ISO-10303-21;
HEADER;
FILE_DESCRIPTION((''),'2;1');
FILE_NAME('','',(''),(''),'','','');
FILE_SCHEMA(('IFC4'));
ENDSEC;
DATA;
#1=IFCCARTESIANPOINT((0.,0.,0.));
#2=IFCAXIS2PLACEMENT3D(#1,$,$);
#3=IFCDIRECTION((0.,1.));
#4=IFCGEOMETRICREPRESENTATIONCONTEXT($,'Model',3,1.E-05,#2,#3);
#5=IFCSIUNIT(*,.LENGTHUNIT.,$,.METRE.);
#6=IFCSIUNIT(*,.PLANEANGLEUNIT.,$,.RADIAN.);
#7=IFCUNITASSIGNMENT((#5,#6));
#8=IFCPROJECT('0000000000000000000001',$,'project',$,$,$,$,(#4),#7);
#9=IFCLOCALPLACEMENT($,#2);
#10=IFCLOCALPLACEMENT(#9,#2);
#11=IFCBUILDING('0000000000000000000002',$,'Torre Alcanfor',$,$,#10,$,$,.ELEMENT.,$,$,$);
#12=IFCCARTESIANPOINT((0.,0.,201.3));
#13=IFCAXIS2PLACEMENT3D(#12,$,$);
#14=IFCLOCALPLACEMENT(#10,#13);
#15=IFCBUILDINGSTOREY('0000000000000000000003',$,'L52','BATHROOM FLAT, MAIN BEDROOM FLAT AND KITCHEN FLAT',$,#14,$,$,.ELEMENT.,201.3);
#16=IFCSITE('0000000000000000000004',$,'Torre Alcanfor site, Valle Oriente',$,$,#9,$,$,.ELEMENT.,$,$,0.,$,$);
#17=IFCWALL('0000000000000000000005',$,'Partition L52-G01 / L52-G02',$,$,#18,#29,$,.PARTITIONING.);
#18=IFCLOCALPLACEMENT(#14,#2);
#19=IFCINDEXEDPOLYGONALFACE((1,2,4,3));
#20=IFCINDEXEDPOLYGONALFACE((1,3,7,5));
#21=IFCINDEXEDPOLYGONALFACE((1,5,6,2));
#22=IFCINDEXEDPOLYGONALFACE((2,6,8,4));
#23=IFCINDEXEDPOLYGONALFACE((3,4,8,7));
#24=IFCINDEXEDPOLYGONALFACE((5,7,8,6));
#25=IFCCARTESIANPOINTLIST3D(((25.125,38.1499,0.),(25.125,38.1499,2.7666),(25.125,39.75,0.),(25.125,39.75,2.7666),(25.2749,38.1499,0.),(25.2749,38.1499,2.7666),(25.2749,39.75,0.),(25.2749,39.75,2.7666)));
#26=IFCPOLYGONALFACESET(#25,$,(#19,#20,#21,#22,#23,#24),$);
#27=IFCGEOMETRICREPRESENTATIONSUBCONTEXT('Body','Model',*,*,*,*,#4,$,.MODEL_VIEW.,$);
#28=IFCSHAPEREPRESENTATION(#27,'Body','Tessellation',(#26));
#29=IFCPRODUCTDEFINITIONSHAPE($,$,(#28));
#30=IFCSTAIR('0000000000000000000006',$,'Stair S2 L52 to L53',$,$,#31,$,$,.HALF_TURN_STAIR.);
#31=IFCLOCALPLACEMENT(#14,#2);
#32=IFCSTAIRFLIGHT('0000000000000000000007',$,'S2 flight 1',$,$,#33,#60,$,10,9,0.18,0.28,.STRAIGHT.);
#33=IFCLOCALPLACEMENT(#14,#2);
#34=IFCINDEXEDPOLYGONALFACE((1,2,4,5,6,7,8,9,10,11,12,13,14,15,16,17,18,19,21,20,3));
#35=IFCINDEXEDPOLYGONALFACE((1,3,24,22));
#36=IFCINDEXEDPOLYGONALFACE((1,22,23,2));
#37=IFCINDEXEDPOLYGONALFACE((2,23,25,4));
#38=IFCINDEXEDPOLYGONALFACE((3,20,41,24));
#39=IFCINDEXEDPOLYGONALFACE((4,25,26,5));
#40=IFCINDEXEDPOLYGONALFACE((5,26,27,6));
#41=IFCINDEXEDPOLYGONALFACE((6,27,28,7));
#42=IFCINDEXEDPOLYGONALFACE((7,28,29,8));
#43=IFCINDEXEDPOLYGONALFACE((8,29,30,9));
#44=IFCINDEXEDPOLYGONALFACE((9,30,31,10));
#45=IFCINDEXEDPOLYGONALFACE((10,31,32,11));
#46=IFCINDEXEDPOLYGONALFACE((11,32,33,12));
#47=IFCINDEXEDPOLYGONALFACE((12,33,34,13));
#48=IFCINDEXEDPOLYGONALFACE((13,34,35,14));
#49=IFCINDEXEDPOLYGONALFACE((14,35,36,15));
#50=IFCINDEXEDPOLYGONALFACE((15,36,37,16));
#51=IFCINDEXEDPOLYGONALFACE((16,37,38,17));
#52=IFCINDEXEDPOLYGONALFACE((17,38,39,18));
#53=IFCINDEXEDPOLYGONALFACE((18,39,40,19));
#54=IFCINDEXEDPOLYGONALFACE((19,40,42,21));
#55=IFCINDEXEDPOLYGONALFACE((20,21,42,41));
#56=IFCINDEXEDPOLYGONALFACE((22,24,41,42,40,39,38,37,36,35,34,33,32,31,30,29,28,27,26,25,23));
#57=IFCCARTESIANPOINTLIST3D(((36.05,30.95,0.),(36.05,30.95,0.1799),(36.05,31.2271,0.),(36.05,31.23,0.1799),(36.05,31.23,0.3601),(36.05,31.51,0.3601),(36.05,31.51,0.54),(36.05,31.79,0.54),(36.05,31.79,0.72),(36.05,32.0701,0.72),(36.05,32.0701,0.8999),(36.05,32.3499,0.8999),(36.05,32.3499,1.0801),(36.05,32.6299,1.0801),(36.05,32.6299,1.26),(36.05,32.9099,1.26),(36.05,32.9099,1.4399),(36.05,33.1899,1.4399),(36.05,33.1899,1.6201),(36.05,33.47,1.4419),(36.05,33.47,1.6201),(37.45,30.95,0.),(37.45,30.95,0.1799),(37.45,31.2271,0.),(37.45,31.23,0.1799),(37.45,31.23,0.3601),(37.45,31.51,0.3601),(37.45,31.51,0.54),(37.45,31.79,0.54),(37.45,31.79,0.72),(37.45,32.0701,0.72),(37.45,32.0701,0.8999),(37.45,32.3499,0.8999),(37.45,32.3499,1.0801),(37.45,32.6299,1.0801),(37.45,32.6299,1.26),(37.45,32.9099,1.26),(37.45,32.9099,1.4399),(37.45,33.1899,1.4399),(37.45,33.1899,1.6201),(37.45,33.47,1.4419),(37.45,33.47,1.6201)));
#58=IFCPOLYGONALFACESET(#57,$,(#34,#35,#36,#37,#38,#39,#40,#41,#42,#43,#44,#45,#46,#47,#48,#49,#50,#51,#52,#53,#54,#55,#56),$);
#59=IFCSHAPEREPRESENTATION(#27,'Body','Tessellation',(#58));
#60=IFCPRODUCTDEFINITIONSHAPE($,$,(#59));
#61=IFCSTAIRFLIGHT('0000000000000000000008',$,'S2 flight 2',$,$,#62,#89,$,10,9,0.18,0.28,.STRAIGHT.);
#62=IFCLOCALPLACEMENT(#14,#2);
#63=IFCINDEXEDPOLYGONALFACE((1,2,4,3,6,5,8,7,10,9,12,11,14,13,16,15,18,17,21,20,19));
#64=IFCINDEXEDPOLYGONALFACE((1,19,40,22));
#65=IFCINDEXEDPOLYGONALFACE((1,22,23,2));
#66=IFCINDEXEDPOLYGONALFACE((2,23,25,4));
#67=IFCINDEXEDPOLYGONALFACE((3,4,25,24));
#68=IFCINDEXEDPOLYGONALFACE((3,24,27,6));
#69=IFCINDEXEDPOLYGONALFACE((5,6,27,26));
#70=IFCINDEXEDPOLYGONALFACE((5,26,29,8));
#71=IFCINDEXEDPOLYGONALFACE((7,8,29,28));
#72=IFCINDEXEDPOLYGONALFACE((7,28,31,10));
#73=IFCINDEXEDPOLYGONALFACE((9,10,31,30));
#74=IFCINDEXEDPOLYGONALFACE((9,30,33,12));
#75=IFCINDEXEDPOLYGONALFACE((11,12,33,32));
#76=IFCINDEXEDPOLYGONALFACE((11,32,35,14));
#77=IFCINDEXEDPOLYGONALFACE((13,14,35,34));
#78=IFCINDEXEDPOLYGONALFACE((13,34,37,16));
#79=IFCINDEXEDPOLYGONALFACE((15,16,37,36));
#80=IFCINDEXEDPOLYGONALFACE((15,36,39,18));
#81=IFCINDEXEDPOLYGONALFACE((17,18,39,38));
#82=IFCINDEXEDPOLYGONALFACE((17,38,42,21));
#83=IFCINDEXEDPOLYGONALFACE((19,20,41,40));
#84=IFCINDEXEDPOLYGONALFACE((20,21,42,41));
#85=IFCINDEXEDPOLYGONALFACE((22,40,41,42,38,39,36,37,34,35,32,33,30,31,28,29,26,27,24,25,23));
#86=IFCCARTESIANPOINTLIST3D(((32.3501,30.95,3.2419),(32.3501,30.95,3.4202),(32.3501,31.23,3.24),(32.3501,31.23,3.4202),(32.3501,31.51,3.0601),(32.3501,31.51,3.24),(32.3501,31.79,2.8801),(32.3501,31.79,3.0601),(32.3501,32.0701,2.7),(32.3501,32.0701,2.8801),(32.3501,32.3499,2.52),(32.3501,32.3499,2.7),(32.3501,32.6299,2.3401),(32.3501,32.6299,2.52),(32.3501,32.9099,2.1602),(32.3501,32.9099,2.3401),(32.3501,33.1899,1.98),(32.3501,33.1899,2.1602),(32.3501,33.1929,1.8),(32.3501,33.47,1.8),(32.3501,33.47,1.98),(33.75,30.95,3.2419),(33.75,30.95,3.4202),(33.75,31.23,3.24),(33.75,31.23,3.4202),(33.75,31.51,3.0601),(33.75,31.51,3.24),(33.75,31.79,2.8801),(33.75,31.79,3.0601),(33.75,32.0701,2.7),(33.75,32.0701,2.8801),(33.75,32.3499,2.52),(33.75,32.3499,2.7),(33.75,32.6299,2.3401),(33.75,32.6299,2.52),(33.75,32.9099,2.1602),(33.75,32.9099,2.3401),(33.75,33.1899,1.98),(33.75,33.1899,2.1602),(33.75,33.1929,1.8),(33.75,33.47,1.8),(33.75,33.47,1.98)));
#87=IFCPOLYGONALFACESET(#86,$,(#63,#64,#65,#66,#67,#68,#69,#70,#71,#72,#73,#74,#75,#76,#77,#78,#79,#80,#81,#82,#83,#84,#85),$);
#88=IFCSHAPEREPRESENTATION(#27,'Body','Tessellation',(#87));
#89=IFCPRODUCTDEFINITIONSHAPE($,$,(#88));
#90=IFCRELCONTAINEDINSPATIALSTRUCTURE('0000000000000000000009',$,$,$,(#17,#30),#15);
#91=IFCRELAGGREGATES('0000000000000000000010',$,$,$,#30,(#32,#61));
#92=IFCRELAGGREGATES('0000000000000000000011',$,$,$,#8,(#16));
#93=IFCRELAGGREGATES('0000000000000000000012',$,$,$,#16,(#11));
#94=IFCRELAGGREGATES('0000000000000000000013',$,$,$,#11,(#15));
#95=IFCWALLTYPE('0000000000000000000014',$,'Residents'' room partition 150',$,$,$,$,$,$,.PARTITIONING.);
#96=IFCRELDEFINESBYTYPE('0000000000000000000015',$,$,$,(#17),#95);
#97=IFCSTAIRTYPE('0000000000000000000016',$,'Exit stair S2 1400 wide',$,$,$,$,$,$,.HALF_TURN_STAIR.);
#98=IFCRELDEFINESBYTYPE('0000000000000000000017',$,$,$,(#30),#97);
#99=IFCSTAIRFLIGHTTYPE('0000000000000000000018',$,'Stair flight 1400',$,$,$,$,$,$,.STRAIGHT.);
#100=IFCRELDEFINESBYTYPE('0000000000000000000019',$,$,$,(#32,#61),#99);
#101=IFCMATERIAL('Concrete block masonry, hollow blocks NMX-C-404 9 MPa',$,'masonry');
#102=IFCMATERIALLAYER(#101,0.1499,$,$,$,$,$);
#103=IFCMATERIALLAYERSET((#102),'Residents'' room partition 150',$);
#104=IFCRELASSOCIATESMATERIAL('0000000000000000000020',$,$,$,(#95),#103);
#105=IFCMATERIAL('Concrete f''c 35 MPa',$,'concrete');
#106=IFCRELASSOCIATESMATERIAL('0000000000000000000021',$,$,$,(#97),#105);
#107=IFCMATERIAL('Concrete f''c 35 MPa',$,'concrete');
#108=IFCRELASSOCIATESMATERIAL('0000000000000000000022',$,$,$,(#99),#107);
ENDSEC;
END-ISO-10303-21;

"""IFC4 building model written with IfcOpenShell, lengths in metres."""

from ifc_helpers import new_model, si_unit, direction, frame, frame_2d, origin, place, context, subcontext, project, spatial, polyline, rectangle, outline, extrude, material, layer, layer_set, type_object, element, aggregate, save


model = new_model("IFC4")

# Units and contexts
model_context = context("Model", 3, precision=1e-05, world=origin(), true_north=direction((0.0, 1.0)))
body_context = subcontext(model_context, "Body", "Model", "MODEL_VIEW")
ifc_project = project(units=[si_unit("LENGTHUNIT", "METRE"), si_unit("PLANEANGLEUNIT", "RADIAN")], contexts=[model_context])

# Site, building, storey
site_placement = place(None, origin())
site = spatial("IfcSite", under=ifc_project, at=site_placement, Name="Torre Alcanfor site, Valle Oriente", CompositionType="ELEMENT", RefElevation=0.0)
building_placement = place(site_placement, origin())
building = spatial("IfcBuilding", under=site, at=building_placement, Name="Torre Alcanfor", CompositionType="ELEMENT")
storey_placement = place(building_placement, frame((0.0, 0.0, 201.3)))
storey = spatial("IfcBuildingStorey", under=building, at=storey_placement, Name="L52", Description="BATHROOM FLAT, MAIN BEDROOM FLAT AND KITCHEN FLAT", CompositionType="ELEMENT", Elevation=201.3)

# Shared definitions
ifc_material_1 = material(Name="Concrete block masonry, hollow blocks NMX-C-404 9 MPa", Category="masonry")
ifc_layer_1 = layer(ifc_material_1, 0.1499)
ifc_layer_set_1 = layer_set([ifc_layer_1], Name="Residents' room partition 150")
wall_type_1 = type_object("IfcWallType", Name="Residents' room partition 150", PredefinedType="PARTITIONING", material=ifc_layer_set_1)

# Wall
wall_1_placement = place(storey_placement, frame((25.2, 38.1499, 0.0), z_axis=(0.0, 0.0, 1.0), x_axis=(0.0, 1.0, 0.0)))
element("IfcWall", 1, at=wall_1_placement, inside=storey, type_object=wall_type_1, Name="Partition L52-G01 / L52-G02", PredefinedType="PARTITIONING", context=body_context, shape_type="SweptSolid", body=[
    extrude(rectangle(XDim=1.6001, YDim=0.1499, at=frame_2d((0.8, 0.0))), origin(), (0.0, 0.0, 1.0), 2.7666),
])

# Stair, stair flights
ifc_material_2 = material(Name="Concrete f'c 35 MPa", Category="concrete")
stair_type = type_object("IfcStairType", Name="Exit stair S2 1400 wide", PredefinedType="HALF_TURN_STAIR", material=ifc_material_2)
stair_placement = place(storey_placement, origin())
stair = element("IfcStair", 2, at=stair_placement, inside=storey, type_object=stair_type, Name="Stair S2 L52 to L53", PredefinedType="HALF_TURN_STAIR")
ifc_material_3 = material(Name="Concrete f'c 35 MPa", Category="concrete")
stair_flight_type = type_object("IfcStairFlightType", Name="Stair flight 1400", PredefinedType="STRAIGHT", material=ifc_material_3)
stair_flight_1_placement = place(storey_placement, frame((36.75, 30.95, 0.0), z_axis=(0.0, 0.0, 1.0), x_axis=(0.0, 1.0, 0.0)))
stair_flight_1 = element("IfcStairFlight", 3, at=stair_flight_1_placement, type_object=stair_flight_type, Name="S2 flight 1", NumberOfRisers=10, NumberOfTreads=9, PredefinedType="STRAIGHT", RiserHeight=0.18, TreadLength=0.28, context=body_context, shape_type="SweptSolid", body=[
    extrude(outline(polyline([(0.0, 0.0), (0.0, 0.1799), (0.28, 0.1799), (0.28, 0.3601), (0.5601, 0.3601), (0.5601, 0.54), (0.8401, 0.54), (0.8401, 0.72), (1.1201, 0.72), (1.1201, 0.8999), (1.3999, 0.8999), (1.3999, 1.0801), (1.6799, 1.0801), (1.6799, 1.26), (1.96, 1.26), (1.96, 1.4399), (2.24, 1.4399), (2.24, 1.6201), (2.52, 1.6201), (2.52, 1.8), (2.52, 1.4419), (0.2771, 0.0), (0.0, 0.0)])), frame((0.0, 0.7, 0.0), z_axis=(0.0, -1.0, 0.0), x_axis=(1.0, 0.0, 0.0)), (0.0, 0.0, 1.0), 1.3999),
])
stair_flight_2_placement = place(storey_placement, frame((33.05, 33.47, 1.8), z_axis=(0.0, 0.0, 1.0), x_axis=(0.0, -1.0, 0.0)))
stair_flight_2 = element("IfcStairFlight", 4, at=stair_flight_2_placement, type_object=stair_flight_type, Name="S2 flight 2", NumberOfRisers=10, NumberOfTreads=9, PredefinedType="STRAIGHT", RiserHeight=0.18, TreadLength=0.28, context=body_context, shape_type="SweptSolid", body=[
    extrude(outline(polyline([(0.0, 0.0), (0.0, 0.1799), (0.28, 0.1799), (0.28, 0.3601), (0.5601, 0.3601), (0.5601, 0.54), (0.8401, 0.54), (0.8401, 0.72), (1.1201, 0.72), (1.1201, 0.8999), (1.3999, 0.8999), (1.3999, 1.0801), (1.6799, 1.0801), (1.6799, 1.26), (1.96, 1.26), (1.96, 1.4399), (2.24, 1.4399), (2.24, 1.6201), (2.52, 1.6201), (2.52, 1.8), (2.52, 1.4419), (0.2771, 0.0), (0.0, 0.0)])), frame((0.0, 0.7, 0.0), z_axis=(0.0, -1.0, 0.0), x_axis=(1.0, 0.0, 0.0)), (0.0, 0.0, 1.0), 1.3999),
])
aggregate(stair, [stair_flight_1, stair_flight_2])

save(model, "model.ifc")
